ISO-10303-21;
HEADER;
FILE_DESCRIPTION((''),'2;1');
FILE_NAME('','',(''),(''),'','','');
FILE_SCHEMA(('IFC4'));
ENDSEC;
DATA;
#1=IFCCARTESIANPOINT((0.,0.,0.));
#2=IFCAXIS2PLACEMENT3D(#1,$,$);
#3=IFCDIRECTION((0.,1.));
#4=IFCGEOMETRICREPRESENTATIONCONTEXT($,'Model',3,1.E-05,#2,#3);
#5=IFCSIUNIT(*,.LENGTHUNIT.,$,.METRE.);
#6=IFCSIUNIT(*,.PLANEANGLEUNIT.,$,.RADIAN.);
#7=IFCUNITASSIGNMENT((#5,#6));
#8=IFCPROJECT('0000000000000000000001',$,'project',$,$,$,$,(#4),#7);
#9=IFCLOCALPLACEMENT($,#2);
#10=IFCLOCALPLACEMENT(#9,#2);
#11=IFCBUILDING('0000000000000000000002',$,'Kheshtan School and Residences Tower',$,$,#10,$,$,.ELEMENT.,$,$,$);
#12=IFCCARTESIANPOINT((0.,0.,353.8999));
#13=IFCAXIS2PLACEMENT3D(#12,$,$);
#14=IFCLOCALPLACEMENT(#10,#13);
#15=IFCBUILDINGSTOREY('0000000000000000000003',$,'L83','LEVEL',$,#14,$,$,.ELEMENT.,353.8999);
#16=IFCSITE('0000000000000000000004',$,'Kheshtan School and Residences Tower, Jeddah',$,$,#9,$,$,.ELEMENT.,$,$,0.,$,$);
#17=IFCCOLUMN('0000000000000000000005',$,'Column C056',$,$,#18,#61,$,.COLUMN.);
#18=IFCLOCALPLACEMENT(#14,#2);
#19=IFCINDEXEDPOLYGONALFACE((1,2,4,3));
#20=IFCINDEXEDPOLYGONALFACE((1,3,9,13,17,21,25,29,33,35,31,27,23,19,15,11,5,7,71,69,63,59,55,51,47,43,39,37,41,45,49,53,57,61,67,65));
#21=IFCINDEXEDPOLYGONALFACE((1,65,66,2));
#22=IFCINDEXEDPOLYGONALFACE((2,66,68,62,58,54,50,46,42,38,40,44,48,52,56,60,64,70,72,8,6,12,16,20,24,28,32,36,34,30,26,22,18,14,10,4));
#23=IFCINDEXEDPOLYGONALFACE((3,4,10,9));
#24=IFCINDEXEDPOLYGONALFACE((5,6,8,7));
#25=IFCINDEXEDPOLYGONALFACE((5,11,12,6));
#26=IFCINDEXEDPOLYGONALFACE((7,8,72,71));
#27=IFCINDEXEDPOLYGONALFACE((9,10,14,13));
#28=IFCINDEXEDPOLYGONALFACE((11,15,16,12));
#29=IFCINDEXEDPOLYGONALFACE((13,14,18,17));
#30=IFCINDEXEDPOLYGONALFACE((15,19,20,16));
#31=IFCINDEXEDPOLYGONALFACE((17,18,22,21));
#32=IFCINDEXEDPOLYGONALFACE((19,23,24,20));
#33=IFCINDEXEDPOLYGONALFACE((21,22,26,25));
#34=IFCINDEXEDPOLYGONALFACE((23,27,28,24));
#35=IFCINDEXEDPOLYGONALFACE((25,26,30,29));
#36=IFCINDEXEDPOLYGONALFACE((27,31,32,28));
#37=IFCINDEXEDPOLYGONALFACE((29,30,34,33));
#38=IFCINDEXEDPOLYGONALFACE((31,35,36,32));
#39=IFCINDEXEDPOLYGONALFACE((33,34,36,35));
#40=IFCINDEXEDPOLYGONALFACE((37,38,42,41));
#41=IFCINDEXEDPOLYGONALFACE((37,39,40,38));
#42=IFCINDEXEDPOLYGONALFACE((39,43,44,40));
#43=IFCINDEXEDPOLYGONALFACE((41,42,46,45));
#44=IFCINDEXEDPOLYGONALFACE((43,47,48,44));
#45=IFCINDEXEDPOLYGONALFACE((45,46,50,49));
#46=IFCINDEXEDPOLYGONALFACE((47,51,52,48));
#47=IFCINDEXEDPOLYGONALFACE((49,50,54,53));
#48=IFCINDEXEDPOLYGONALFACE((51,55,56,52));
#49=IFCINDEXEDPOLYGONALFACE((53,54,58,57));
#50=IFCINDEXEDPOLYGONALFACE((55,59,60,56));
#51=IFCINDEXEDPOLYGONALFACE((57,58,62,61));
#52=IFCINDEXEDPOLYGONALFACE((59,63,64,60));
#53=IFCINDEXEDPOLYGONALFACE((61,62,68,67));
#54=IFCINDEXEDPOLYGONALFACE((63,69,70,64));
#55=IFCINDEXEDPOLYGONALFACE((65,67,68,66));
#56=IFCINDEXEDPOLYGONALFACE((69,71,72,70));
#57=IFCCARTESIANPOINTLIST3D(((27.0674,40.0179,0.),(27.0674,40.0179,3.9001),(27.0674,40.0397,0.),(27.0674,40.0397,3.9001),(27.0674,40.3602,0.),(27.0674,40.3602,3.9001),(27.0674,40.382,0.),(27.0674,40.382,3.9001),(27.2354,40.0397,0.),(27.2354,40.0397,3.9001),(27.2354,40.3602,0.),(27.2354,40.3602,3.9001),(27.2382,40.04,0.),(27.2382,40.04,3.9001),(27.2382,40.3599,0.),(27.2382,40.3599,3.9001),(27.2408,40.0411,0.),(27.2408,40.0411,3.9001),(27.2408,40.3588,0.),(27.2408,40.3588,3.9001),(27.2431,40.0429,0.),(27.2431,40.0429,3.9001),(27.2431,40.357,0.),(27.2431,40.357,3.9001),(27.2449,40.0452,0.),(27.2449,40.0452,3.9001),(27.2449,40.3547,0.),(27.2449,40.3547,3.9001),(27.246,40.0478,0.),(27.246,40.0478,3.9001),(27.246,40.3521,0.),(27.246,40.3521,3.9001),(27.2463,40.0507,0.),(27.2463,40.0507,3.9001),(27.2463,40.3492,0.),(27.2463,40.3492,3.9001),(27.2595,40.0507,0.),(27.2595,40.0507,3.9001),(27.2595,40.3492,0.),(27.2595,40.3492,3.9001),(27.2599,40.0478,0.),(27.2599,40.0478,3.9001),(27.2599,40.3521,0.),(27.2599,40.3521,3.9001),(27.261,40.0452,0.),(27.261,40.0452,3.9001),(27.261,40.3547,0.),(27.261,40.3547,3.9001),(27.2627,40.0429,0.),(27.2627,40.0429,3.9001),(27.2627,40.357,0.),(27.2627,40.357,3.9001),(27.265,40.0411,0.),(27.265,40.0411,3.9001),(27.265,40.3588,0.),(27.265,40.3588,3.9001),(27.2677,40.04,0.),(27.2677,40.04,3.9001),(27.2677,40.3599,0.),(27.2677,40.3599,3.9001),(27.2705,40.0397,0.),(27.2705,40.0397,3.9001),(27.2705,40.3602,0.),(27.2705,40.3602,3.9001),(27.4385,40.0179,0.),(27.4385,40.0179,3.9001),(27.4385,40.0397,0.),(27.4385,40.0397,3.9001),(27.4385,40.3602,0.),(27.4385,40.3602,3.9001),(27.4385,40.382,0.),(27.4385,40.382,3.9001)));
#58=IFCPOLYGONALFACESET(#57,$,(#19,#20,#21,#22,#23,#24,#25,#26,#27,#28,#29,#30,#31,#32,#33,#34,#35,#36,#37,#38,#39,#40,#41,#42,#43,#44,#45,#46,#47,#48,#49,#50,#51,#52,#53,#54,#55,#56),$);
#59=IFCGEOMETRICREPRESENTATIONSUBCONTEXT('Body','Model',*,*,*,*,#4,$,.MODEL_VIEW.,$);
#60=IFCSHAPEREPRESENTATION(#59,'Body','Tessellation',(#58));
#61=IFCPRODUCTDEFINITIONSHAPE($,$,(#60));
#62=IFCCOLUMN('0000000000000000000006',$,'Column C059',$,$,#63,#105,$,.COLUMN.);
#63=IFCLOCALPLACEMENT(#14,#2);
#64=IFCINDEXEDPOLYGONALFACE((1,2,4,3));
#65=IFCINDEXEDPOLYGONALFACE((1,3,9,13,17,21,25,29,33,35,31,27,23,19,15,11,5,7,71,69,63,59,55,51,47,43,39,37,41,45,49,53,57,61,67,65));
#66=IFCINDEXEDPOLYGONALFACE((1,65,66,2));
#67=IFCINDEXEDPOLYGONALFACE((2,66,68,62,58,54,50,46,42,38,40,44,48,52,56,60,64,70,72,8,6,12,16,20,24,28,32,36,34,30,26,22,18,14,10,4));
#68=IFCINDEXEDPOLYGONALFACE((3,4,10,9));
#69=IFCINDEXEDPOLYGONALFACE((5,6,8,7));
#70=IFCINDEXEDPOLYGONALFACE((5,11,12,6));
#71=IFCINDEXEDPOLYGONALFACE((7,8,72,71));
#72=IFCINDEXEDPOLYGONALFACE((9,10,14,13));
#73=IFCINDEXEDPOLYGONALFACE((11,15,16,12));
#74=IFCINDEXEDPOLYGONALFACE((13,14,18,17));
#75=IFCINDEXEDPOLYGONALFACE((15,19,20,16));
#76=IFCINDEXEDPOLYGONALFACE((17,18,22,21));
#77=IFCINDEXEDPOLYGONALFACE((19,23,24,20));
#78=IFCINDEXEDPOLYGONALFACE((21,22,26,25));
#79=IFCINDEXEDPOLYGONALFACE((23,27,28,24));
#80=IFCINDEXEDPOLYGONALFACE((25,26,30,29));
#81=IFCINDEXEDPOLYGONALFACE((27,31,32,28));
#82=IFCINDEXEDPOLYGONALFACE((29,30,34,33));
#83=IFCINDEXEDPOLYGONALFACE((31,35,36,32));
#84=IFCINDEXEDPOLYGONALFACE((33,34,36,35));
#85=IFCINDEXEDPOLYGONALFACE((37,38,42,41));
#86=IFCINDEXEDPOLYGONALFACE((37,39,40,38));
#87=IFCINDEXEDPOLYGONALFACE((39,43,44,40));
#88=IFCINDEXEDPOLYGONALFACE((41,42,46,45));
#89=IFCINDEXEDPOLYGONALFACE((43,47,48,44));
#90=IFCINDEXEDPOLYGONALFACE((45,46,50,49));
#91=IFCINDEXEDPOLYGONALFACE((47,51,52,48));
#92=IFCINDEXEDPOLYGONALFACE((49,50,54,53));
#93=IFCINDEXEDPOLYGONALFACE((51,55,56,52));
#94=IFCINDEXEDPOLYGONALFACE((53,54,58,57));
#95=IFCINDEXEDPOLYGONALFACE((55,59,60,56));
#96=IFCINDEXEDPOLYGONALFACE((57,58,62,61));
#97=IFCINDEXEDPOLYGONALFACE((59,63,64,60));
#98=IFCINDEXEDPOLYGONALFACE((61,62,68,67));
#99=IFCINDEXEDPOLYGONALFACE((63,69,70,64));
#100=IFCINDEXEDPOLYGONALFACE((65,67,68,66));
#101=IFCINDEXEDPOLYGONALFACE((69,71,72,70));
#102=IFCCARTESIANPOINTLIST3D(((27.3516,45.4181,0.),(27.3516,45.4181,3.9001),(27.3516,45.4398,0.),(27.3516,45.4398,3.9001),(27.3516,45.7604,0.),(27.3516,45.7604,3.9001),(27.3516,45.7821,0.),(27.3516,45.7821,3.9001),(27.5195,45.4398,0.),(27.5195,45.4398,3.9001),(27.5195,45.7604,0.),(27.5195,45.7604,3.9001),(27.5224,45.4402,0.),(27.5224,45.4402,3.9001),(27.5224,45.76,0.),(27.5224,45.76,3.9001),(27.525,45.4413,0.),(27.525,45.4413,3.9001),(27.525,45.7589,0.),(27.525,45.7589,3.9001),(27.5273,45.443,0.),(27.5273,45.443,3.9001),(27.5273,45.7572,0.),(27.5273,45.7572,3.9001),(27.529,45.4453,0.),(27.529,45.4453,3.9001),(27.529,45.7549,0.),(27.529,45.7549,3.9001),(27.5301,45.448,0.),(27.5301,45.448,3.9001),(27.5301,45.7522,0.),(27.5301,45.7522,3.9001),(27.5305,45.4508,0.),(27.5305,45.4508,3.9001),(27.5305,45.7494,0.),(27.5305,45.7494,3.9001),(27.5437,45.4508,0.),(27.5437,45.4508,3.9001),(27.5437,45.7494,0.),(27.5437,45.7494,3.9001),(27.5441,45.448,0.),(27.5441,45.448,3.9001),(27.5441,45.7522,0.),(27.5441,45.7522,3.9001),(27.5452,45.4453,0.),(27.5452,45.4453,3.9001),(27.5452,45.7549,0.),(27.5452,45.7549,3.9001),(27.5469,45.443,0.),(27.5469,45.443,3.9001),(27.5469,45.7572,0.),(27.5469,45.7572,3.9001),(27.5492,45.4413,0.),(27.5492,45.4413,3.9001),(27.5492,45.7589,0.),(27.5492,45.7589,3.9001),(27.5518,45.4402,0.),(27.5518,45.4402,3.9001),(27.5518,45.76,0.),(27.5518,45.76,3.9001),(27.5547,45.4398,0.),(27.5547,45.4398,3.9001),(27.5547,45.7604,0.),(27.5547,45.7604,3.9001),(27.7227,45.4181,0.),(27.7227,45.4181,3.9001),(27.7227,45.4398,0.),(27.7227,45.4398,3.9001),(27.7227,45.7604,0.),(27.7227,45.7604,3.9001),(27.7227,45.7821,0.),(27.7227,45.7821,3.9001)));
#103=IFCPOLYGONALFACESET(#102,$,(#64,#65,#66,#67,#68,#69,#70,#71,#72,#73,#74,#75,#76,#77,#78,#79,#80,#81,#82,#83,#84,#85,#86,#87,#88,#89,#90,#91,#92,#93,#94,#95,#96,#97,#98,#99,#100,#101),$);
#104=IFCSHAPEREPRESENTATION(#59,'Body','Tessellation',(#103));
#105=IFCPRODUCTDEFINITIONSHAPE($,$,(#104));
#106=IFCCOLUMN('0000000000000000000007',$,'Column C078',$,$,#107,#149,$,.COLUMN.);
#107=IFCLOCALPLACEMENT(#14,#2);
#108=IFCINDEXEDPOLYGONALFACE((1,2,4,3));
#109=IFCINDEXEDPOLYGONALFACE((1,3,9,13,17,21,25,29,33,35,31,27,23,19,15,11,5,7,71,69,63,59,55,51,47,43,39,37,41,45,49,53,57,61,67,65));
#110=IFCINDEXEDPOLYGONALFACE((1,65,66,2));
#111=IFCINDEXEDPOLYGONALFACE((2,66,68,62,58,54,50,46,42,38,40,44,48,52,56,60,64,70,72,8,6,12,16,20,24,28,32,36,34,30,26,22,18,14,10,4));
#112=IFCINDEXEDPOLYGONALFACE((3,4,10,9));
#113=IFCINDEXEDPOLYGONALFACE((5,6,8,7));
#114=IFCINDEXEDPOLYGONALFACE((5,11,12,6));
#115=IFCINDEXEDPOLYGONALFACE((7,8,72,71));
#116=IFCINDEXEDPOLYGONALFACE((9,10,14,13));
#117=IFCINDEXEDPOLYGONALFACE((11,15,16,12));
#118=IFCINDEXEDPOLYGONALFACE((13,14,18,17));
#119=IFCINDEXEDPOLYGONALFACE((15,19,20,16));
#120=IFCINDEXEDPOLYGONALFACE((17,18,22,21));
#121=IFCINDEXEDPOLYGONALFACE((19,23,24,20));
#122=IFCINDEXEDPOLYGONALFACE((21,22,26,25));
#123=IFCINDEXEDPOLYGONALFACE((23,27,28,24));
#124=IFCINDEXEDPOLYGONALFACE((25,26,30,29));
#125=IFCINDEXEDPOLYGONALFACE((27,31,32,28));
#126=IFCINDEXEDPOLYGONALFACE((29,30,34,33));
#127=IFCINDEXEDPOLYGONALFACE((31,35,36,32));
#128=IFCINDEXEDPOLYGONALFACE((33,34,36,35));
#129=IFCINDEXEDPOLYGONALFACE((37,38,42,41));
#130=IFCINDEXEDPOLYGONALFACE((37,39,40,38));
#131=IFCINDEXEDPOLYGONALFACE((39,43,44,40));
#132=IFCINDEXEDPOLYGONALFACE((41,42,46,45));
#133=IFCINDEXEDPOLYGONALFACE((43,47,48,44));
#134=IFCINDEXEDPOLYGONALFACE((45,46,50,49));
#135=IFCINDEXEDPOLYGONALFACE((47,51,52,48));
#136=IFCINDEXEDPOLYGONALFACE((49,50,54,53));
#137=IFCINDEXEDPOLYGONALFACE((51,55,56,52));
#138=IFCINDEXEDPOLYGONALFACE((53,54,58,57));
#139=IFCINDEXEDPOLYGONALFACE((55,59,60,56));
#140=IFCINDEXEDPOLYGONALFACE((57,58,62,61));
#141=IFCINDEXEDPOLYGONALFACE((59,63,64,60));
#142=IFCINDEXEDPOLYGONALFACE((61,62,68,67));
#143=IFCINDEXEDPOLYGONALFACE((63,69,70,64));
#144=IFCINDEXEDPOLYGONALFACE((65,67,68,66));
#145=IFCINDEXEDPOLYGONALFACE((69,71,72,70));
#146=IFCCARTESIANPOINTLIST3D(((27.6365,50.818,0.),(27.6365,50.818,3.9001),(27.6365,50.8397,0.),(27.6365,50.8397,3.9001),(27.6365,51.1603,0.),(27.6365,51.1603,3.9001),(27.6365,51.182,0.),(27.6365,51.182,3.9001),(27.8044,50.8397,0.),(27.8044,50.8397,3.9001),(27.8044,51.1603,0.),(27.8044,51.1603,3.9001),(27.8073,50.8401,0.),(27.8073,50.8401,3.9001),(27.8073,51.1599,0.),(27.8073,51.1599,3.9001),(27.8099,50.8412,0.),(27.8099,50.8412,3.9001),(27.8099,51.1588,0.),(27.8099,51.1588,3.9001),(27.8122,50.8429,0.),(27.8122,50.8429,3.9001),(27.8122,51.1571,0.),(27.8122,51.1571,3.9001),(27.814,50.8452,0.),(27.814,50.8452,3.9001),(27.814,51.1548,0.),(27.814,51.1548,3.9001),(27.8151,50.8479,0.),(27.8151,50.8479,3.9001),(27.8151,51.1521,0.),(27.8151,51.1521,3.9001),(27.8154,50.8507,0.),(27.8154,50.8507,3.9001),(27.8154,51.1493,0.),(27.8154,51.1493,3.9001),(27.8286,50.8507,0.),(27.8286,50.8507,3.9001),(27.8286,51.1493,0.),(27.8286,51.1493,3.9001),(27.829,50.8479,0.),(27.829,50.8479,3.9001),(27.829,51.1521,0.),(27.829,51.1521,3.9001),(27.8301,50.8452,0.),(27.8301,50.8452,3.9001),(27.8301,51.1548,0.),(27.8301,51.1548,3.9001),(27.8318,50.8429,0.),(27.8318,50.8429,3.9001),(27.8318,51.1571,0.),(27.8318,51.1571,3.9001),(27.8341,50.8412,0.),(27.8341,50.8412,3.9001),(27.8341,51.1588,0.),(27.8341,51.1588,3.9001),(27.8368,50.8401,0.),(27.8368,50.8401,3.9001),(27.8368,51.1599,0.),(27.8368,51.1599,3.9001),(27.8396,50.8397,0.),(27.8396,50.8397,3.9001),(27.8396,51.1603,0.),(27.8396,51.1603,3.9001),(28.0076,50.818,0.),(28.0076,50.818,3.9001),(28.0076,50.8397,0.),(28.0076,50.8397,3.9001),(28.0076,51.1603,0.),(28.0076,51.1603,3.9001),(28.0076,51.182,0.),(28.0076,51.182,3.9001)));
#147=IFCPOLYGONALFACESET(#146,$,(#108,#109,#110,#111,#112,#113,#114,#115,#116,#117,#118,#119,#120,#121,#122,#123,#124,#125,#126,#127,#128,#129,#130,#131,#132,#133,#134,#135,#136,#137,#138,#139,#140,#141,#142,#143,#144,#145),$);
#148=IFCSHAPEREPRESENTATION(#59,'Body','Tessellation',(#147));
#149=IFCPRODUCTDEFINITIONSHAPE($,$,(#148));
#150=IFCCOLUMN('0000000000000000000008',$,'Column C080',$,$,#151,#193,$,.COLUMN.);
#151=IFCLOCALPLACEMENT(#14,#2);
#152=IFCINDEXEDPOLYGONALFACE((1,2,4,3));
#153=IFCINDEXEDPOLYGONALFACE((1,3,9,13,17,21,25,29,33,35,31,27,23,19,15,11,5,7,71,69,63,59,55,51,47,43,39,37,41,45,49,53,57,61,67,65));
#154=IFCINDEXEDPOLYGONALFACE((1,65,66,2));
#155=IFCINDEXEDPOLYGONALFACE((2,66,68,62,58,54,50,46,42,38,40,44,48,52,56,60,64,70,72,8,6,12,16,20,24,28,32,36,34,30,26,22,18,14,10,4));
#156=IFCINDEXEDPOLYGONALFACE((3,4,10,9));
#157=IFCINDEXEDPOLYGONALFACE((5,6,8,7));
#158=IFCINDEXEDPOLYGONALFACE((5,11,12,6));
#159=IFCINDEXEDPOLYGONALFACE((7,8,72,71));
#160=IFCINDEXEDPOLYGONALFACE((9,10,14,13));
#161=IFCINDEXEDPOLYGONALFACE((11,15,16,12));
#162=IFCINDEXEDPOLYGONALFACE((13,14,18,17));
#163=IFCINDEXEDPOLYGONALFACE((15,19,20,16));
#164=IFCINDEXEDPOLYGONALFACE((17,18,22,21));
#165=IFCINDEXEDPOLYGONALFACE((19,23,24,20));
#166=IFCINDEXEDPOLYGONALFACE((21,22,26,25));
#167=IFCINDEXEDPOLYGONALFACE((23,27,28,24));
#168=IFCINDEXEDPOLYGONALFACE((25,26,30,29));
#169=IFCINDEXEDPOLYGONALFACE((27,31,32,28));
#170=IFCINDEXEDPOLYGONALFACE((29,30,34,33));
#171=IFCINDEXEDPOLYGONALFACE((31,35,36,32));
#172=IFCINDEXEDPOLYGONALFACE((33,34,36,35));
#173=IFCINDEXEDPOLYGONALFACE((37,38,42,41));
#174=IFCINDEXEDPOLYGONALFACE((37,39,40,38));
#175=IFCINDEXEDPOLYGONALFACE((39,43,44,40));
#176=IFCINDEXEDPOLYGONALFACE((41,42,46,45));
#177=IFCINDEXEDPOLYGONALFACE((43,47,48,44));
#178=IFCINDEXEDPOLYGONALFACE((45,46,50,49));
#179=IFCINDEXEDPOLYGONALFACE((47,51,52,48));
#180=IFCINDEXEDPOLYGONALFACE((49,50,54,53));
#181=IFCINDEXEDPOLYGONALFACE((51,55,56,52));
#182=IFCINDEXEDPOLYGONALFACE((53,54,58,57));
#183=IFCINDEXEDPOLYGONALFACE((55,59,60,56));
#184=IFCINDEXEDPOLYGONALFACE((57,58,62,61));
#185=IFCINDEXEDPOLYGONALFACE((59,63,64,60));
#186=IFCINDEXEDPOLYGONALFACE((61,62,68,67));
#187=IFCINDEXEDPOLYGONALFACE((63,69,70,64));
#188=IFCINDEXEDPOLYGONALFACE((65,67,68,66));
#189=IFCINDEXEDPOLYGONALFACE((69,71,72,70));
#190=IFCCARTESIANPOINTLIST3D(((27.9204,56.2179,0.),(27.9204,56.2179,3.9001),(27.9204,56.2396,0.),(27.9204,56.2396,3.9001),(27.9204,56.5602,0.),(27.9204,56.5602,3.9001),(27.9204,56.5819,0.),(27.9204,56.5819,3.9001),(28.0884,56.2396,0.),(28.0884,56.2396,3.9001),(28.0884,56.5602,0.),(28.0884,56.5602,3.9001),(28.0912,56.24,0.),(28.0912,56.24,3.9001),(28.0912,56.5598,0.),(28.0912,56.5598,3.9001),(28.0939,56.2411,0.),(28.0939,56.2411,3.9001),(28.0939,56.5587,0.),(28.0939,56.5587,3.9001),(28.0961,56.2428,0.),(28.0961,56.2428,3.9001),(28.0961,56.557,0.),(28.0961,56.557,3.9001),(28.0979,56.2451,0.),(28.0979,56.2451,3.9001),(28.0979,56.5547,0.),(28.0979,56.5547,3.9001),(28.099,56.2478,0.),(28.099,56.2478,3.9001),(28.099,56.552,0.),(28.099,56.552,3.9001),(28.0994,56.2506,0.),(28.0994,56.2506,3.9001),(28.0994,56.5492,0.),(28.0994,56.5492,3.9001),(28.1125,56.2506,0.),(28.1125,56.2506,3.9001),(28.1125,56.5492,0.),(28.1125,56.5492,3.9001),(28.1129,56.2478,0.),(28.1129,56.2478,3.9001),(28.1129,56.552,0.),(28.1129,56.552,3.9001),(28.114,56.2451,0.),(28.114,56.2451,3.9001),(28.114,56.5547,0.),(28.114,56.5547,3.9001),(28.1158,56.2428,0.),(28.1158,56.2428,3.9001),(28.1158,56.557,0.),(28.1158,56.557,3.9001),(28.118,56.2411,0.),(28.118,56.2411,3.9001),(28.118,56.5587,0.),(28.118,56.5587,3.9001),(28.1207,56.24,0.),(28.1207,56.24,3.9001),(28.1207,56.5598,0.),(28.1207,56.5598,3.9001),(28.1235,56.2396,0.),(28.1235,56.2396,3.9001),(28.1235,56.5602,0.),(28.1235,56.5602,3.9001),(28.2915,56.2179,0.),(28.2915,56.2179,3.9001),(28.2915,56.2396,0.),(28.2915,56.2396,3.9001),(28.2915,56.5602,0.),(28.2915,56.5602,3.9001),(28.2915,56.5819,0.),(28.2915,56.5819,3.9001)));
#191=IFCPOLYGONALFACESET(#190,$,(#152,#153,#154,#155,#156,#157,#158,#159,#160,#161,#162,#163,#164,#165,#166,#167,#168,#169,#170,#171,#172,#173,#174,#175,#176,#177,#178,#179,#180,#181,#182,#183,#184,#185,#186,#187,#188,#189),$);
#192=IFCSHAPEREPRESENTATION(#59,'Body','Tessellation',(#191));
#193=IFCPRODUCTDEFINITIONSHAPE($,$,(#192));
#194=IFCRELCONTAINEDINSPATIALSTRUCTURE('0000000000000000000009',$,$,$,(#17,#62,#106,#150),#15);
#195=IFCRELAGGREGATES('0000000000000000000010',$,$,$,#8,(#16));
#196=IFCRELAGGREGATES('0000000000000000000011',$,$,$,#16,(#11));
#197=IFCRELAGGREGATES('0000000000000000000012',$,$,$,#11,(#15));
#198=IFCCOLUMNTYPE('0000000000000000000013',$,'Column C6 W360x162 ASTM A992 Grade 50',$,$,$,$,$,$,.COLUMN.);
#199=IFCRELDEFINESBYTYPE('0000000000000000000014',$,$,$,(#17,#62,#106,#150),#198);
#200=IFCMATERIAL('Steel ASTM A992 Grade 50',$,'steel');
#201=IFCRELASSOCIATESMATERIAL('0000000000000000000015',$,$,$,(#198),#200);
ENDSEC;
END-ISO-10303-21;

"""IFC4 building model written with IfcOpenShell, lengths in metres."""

from ifc_helpers import new_model, si_unit, direction, frame, origin, origin_2d, place, context, subcontext, project, spatial, i_section, extrude, material, material_profile, profile_set, type_object, element, save


model = new_model("IFC4")

# Units and contexts
model_context = context("Model", 3, precision=1e-05, world=origin(), true_north=direction((0.0, 1.0)))
body_context = subcontext(model_context, "Body", "Model", "MODEL_VIEW")
ifc_project = project(units=[si_unit("LENGTHUNIT", "METRE"), si_unit("PLANEANGLEUNIT", "RADIAN")], contexts=[model_context])

# Site, building, storey
site_placement = place(None, origin())
site = spatial("IfcSite", under=ifc_project, at=site_placement, Name="Kheshtan School and Residences Tower, Jeddah", CompositionType="ELEMENT", RefElevation=0.0)
building_placement = place(site_placement, origin())
building = spatial("IfcBuilding", under=site, at=building_placement, Name="Kheshtan School and Residences Tower", CompositionType="ELEMENT")
storey_placement = place(building_placement, frame((0.0, 0.0, 353.8999)))
storey = spatial("IfcBuildingStorey", under=building, at=storey_placement, Name="L83", Description="LEVEL", CompositionType="ELEMENT", Elevation=353.8999)

# Columns
ifc_material_1 = material(Name="Steel ASTM A992 Grade 50", Category="steel")
ifc_material_profile_1 = material_profile(ifc_material_1, i_section(OverallWidth=0.3711, OverallDepth=0.364, WebThickness=0.0132, FlangeThickness=0.0217, FilletRadius=0.011, at=origin_2d()), Name="W360x162")
ifc_profile_set_1 = profile_set([ifc_material_profile_1], Name="Steel ASTM A992 Grade 50")
column_type = type_object("IfcColumnType", Name="Column C6 W360x162 ASTM A992 Grade 50", PredefinedType="COLUMN", material=ifc_profile_set_1)
for number, where, z_axis, x_axis, name in (
    (1, (27.2529, 40.2, 0.0), (0.0, 0.0, 1.0), (1.0, 0.0, 0.0), "Column C056"),
    (2, (27.5371, 45.6001, 0.0), (0.0, 0.0, 1.0), (1.0, 0.0, 0.0), "Column C059"),
    (3, (27.822, 51.0, 0.0), (0.0, 0.0, 1.0), (1.0, 0.0, 0.0), "Column C078"),
    (4, (28.106, 56.3999, 0.0), (0.0, 0.0, 1.0), (1.0, 0.0, 0.0), "Column C080"),
):
    element("IfcColumn", number, at=place(storey_placement, frame(where, z_axis=z_axis, x_axis=x_axis)), inside=storey, type_object=column_type, Name=name, PredefinedType="COLUMN", context=body_context, shape_type="SweptSolid", body=[
        extrude(i_section(OverallWidth=0.3711, OverallDepth=0.364, WebThickness=0.0132, FlangeThickness=0.0217, FilletRadius=0.011, at=origin_2d()), origin(), (0.0, 0.0, 1.0), 3.9001),
    ])

save(model, "model.ifc")
